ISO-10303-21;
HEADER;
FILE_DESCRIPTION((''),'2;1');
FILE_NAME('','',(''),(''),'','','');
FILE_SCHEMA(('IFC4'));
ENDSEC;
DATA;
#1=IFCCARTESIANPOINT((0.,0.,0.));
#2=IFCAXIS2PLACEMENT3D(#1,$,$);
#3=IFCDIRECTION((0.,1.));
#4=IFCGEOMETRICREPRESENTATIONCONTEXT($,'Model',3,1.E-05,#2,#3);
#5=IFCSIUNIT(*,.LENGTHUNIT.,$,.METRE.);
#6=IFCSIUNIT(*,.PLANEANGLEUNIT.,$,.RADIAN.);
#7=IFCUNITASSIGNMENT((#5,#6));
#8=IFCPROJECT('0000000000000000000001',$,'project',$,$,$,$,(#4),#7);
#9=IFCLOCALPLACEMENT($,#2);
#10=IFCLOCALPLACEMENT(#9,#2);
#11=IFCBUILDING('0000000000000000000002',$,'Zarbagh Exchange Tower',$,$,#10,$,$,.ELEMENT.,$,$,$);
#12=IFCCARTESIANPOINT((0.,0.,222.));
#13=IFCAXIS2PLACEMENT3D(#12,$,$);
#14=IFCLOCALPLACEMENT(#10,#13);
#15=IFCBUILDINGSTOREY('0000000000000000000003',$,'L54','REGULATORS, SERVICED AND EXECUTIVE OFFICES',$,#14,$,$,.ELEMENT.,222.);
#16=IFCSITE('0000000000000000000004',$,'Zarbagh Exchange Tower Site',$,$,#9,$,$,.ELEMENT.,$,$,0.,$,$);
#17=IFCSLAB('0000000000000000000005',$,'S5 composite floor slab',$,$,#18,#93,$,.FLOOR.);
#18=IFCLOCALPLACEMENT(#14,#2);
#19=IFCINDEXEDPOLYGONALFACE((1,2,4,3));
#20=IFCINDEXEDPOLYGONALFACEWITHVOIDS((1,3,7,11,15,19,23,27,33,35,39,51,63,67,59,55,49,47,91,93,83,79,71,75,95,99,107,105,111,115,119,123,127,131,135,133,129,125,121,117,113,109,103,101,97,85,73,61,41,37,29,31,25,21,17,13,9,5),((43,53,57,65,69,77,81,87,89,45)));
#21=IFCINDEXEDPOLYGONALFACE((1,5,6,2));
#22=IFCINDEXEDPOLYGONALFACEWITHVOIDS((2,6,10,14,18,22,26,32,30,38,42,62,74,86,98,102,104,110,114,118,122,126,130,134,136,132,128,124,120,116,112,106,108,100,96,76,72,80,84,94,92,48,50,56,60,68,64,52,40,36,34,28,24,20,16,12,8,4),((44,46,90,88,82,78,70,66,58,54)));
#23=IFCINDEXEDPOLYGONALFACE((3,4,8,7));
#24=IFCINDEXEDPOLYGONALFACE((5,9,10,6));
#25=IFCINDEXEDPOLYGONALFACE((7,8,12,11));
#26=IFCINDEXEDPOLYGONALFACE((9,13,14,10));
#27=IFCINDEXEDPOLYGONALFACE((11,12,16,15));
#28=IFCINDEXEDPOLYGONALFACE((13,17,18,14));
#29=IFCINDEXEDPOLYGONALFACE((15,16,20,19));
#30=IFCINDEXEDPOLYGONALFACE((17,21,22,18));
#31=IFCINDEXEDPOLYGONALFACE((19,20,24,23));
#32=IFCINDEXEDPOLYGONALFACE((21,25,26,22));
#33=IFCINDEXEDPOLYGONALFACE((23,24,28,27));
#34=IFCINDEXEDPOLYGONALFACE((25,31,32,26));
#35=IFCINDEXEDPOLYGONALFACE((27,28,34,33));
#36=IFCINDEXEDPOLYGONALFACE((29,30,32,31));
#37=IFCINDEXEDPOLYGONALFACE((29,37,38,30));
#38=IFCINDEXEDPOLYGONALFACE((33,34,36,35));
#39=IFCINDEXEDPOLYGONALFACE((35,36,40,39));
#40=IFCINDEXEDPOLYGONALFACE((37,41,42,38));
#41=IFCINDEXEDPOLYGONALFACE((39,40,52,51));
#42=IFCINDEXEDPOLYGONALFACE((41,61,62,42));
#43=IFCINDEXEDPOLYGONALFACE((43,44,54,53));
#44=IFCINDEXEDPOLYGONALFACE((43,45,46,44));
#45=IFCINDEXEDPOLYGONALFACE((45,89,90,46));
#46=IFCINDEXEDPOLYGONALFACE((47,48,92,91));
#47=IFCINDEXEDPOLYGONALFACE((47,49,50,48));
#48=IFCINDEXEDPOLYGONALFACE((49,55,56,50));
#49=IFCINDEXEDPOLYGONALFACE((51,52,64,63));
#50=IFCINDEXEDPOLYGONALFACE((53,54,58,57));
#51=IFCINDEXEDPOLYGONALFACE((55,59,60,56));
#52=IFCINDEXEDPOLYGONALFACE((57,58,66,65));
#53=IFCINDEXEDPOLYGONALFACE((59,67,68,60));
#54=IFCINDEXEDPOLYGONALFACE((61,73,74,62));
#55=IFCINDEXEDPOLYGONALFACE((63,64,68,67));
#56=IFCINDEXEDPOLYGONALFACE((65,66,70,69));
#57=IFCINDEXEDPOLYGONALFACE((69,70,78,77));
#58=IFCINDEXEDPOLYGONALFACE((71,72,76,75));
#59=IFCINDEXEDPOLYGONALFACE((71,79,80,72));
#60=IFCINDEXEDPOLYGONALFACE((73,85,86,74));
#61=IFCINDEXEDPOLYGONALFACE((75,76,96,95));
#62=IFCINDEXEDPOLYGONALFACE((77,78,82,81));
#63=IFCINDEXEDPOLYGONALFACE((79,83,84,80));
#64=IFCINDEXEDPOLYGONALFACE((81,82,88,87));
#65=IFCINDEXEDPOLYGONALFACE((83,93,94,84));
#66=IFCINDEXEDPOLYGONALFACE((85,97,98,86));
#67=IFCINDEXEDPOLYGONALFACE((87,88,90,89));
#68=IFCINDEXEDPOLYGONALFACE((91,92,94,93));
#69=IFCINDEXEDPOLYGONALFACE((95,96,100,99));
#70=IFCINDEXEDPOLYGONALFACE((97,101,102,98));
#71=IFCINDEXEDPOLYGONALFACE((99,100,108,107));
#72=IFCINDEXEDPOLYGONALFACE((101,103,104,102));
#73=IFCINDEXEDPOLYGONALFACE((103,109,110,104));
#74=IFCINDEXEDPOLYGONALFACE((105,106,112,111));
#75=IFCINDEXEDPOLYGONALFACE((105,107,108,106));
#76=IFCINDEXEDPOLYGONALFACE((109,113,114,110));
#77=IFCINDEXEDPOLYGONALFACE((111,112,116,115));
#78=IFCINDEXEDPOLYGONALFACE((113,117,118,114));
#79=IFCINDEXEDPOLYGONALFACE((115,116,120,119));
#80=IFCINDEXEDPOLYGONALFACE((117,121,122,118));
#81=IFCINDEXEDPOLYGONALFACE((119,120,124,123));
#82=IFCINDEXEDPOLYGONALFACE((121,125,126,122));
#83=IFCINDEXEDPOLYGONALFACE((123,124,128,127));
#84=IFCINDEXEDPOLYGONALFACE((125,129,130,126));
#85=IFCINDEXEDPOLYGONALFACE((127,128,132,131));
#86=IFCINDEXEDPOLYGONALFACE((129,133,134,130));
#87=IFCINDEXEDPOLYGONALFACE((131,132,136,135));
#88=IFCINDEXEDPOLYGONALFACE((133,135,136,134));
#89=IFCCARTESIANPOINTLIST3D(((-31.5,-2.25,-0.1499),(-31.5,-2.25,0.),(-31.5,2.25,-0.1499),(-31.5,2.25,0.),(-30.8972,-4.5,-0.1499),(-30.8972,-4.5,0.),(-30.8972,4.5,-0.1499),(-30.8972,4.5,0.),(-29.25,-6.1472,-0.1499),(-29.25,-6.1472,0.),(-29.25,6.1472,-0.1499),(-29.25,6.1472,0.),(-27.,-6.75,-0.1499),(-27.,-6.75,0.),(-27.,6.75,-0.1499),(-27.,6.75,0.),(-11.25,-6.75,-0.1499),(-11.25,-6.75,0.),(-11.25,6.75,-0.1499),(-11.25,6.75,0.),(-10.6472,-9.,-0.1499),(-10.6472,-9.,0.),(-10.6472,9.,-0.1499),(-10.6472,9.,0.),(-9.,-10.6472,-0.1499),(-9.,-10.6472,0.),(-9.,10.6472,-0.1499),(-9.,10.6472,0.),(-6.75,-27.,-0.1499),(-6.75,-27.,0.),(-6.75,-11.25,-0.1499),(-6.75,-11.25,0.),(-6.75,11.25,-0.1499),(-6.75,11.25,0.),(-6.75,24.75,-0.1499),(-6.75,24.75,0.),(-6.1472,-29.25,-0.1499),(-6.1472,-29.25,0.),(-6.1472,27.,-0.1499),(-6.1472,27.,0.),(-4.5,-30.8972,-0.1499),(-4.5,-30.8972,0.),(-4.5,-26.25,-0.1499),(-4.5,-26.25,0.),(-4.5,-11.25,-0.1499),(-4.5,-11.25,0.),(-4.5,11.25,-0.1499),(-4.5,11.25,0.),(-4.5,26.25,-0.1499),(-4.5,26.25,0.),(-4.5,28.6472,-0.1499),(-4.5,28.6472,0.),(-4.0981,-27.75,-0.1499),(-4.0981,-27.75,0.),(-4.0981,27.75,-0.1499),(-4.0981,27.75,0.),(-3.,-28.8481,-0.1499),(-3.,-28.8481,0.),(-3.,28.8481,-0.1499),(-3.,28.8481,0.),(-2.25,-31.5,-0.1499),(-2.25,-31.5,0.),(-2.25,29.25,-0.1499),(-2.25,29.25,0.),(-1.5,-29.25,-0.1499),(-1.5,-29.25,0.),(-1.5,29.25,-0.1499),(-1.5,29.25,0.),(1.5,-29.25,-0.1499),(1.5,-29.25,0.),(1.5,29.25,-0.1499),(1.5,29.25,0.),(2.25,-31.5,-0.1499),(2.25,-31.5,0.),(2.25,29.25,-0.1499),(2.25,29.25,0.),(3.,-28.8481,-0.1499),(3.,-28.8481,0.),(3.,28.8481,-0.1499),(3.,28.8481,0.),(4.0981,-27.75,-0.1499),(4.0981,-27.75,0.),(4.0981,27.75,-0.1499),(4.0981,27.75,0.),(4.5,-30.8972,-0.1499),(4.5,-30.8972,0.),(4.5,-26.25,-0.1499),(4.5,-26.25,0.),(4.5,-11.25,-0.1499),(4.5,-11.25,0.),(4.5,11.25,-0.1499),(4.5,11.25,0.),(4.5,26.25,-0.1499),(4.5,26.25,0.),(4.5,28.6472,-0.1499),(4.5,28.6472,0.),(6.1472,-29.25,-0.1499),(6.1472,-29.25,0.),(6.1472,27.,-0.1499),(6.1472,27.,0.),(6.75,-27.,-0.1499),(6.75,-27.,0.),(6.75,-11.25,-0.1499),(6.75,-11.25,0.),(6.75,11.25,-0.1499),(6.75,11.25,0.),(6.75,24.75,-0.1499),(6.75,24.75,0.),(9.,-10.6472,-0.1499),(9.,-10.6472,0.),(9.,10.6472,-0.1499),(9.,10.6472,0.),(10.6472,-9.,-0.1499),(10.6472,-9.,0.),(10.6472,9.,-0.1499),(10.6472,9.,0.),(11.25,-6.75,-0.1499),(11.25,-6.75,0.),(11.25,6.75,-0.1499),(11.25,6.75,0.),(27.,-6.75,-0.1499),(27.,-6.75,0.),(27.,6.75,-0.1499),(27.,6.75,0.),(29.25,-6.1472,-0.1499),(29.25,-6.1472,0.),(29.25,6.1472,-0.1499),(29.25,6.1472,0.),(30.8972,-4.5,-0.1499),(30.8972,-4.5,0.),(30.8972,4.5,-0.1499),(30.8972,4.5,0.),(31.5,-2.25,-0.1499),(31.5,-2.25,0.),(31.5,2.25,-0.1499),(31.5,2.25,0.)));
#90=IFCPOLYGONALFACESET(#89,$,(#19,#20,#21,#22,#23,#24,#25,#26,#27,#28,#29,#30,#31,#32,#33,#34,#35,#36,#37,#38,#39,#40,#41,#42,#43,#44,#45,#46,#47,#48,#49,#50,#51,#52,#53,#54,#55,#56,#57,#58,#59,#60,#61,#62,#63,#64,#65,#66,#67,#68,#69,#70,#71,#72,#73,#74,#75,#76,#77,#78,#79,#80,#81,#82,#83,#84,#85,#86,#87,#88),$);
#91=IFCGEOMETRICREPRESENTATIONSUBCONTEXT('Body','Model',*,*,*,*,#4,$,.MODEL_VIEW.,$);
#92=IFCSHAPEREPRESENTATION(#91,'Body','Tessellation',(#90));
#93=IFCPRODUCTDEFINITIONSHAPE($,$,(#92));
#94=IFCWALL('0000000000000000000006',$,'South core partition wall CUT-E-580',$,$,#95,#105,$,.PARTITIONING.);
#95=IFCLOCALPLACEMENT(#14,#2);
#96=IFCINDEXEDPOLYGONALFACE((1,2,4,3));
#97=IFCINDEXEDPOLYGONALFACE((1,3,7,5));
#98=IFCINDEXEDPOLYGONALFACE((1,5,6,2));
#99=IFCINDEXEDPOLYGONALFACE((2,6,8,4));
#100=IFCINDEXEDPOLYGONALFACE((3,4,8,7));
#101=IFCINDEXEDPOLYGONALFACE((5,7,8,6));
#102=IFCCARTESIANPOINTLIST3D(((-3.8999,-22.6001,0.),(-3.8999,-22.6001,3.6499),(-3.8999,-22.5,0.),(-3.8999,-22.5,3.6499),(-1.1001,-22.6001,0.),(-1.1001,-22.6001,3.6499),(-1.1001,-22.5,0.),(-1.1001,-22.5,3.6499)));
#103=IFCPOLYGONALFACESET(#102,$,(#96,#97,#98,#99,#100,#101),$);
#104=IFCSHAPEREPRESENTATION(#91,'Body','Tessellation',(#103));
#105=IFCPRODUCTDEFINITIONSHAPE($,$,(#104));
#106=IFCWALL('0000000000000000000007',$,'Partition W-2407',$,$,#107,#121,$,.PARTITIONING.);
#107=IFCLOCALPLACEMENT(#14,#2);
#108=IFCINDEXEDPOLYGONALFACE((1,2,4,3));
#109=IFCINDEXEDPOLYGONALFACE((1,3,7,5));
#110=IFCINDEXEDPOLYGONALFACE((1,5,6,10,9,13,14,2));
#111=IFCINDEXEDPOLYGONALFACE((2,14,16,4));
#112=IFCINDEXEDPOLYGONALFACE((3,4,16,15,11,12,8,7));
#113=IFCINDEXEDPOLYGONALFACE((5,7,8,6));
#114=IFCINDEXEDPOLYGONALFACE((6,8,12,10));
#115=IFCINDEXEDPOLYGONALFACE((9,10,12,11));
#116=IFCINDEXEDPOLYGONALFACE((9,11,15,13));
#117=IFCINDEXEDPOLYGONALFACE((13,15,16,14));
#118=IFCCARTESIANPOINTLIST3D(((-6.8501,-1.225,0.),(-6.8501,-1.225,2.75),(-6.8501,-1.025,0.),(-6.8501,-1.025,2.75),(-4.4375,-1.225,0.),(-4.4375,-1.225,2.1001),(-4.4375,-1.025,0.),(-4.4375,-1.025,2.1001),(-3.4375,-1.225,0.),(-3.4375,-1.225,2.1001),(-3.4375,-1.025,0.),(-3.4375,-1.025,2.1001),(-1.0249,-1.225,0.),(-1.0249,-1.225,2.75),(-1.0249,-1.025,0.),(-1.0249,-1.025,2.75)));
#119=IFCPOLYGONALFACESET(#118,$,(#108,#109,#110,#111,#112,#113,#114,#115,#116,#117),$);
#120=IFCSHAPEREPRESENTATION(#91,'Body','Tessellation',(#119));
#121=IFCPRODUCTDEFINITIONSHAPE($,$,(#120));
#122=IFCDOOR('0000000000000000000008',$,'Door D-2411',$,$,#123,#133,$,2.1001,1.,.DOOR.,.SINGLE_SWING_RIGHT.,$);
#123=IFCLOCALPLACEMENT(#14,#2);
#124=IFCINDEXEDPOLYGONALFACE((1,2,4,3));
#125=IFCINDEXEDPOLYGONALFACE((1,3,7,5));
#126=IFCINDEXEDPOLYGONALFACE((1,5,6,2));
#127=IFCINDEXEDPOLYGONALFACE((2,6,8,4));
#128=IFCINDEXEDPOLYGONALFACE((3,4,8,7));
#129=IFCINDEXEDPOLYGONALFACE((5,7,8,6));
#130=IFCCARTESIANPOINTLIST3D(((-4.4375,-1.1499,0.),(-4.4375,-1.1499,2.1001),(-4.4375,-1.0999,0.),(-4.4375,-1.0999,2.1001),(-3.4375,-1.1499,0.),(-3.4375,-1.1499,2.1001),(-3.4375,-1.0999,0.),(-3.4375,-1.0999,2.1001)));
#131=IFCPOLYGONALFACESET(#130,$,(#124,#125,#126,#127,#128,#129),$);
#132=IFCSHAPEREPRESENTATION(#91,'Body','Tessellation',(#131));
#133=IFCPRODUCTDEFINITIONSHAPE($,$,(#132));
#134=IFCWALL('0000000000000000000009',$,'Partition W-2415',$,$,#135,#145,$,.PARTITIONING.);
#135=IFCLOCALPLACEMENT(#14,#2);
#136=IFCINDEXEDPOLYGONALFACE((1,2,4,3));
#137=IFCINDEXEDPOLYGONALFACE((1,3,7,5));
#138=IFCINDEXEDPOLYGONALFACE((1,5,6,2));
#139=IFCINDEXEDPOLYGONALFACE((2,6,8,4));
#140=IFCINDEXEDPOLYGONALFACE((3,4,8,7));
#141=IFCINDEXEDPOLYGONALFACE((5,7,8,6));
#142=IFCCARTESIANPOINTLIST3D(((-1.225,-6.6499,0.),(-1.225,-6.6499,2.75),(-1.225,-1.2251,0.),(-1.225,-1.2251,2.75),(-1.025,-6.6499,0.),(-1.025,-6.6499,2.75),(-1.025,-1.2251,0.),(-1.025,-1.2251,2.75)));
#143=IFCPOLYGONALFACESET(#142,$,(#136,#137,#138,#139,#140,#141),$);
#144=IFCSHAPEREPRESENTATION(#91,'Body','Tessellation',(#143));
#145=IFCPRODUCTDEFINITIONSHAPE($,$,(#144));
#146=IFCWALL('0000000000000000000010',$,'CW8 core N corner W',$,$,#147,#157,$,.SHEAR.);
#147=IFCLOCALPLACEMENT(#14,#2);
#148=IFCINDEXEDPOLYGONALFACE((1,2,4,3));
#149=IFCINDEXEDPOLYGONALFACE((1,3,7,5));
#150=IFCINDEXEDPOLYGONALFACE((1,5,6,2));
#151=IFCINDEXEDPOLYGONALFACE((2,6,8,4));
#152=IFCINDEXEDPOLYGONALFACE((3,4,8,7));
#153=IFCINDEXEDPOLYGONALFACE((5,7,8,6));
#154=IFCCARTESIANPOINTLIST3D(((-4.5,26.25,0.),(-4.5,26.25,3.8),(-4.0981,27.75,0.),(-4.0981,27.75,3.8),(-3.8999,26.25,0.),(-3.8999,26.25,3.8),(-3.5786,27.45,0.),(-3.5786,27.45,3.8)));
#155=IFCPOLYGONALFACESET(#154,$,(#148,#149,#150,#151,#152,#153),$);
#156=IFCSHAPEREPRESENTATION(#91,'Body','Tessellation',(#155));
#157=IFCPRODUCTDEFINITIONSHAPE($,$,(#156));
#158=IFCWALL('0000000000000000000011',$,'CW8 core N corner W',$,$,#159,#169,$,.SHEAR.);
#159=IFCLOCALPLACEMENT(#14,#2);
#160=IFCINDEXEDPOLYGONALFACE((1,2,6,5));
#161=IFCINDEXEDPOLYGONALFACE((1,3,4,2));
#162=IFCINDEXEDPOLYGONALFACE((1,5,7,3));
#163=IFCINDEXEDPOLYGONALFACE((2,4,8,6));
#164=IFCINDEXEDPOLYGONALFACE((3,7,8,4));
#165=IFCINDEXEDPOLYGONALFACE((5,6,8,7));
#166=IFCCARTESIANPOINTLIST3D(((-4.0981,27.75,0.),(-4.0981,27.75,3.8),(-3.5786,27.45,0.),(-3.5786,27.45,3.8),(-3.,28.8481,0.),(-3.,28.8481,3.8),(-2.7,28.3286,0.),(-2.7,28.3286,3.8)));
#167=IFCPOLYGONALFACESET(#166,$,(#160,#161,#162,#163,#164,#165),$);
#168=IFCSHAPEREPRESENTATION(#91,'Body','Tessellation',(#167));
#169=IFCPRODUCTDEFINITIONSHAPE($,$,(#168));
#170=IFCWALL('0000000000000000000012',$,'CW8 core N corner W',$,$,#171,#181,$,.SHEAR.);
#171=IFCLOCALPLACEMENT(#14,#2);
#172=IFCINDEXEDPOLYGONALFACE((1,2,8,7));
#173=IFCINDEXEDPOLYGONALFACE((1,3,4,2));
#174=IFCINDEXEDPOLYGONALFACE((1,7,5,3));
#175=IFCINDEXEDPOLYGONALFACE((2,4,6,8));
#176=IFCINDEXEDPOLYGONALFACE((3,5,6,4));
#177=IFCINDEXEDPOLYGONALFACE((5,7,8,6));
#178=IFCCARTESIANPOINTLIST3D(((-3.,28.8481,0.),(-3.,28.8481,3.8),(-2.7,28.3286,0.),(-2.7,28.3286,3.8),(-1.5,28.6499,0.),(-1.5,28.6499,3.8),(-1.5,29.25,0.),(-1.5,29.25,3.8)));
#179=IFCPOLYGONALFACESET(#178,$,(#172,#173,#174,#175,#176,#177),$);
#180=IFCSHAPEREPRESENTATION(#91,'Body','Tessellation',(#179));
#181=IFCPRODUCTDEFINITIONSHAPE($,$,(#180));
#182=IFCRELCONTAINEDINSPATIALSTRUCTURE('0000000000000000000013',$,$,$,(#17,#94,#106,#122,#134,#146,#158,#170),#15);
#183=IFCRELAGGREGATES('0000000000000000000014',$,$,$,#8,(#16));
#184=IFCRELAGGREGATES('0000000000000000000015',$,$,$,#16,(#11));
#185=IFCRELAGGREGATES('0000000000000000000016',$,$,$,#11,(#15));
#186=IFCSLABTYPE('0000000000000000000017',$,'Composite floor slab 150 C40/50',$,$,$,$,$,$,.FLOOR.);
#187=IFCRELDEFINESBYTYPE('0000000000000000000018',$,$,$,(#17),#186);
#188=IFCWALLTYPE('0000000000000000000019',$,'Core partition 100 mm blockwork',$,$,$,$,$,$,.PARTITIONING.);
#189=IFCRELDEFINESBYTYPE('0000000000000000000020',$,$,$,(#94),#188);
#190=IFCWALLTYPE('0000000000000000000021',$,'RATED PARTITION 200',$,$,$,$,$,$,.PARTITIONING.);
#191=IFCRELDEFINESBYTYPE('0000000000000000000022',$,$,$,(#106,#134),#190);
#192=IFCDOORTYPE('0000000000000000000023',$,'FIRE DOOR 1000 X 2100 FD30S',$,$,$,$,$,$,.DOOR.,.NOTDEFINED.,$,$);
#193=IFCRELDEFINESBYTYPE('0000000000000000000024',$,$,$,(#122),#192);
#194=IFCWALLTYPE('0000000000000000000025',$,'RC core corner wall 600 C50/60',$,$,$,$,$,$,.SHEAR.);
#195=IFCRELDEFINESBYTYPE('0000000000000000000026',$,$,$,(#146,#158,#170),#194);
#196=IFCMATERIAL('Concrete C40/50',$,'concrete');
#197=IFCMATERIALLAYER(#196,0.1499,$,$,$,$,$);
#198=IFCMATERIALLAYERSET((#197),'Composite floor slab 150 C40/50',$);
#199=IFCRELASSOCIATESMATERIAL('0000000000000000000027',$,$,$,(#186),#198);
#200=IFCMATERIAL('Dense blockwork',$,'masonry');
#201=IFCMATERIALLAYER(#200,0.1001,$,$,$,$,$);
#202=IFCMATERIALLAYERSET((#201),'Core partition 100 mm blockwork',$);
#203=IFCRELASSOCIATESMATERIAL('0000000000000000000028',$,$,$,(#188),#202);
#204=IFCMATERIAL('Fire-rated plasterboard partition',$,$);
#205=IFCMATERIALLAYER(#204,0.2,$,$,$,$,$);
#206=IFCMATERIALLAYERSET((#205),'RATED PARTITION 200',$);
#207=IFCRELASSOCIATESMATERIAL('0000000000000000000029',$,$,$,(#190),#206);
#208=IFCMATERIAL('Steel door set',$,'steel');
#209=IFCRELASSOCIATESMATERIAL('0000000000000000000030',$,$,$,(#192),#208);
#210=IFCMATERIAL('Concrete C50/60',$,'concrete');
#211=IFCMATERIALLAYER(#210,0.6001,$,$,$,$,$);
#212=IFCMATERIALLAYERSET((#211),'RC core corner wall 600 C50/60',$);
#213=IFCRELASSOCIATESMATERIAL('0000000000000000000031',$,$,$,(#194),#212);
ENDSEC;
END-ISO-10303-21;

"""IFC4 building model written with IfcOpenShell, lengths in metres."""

from ifc_helpers import new_model, si_unit, direction, frame, frame_2d, origin, place, context, subcontext, project, spatial, polyline, rectangle, outline, extrude, material, layer, layer_set, type_object, element, fill, save


model = new_model("IFC4")

# Units and contexts
model_context = context("Model", 3, precision=1e-05, world=origin(), true_north=direction((0.0, 1.0)))
body_context = subcontext(model_context, "Body", "Model", "MODEL_VIEW")
ifc_project = project(units=[si_unit("LENGTHUNIT", "METRE"), si_unit("PLANEANGLEUNIT", "RADIAN")], contexts=[model_context])

# Site, building, storey
site_placement = place(None, origin())
site = spatial("IfcSite", under=ifc_project, at=site_placement, Name="Zarbagh Exchange Tower Site", CompositionType="ELEMENT", RefElevation=0.0)
building_placement = place(site_placement, origin())
building = spatial("IfcBuilding", under=site, at=building_placement, Name="Zarbagh Exchange Tower", CompositionType="ELEMENT")
storey_placement = place(building_placement, frame((0.0, 0.0, 222.0)))
storey = spatial("IfcBuildingStorey", under=building, at=storey_placement, Name="L54", Description="REGULATORS, SERVICED AND EXECUTIVE OFFICES", CompositionType="ELEMENT", Elevation=222.0)

# Slab
ifc_material_1 = material(Name="Concrete C40/50", Category="concrete")
ifc_layer_1 = layer(ifc_material_1, 0.1499)
ifc_layer_set_1 = layer_set([ifc_layer_1], Name="Composite floor slab 150 C40/50")
slab_type = type_object("IfcSlabType", Name="Composite floor slab 150 C40/50", PredefinedType="FLOOR", material=ifc_layer_set_1)
slab_placement = place(storey_placement, frame((0.0, 0.0, -0.1499)))
element("IfcSlab", 1, at=slab_placement, inside=storey, type_object=slab_type, Name="S5 composite floor slab", PredefinedType="FLOOR", context=body_context, shape_type="SweptSolid", body=[
    extrude(outline(polyline([(-2.25, -31.5), (-4.5, -30.8972), (-6.1472, -29.25), (-6.75, -27.0), (-6.75, -11.25), (-9.0, -10.6472), (-10.6472, -9.0), (-11.25, -6.75), (-27.0, -6.75), (-29.25, -6.1472), (-30.8972, -4.5), (-31.5, -2.25), (-31.5, 2.25), (-30.8972, 4.5), (-29.25, 6.1472), (-27.0, 6.75), (-11.25, 6.75), (-10.6472, 9.0), (-9.0, 10.6472), (-6.75, 11.25), (-6.75, 24.75), (-6.1472, 27.0), (-4.5, 28.6472), (-2.25, 29.25), (-1.5, 29.25), (-3.0, 28.8481), (-4.0981, 27.75), (-4.5, 26.25), (-4.5, 11.25), (4.5, 11.25), (4.5, 26.25), (4.0981, 27.75), (3.0, 28.8481), (1.5, 29.25), (2.25, 29.25), (4.5, 28.6472), (6.1472, 27.0), (6.75, 24.75), (6.75, 11.25), (9.0, 10.6472), (10.6472, 9.0), (11.25, 6.75), (27.0, 6.75), (29.25, 6.1472), (30.8972, 4.5), (31.5, 2.25), (31.5, -2.25), (30.8972, -4.5), (29.25, -6.1472), (27.0, -6.75), (11.25, -6.75), (10.6472, -9.0), (9.0, -10.6472), (6.75, -11.25), (6.75, -27.0), (6.1472, -29.25), (4.5, -30.8972), (2.25, -31.5), (-2.25, -31.5)]), holes=[polyline([(-1.5, -29.25), (1.5, -29.25), (3.0, -28.8481), (4.0981, -27.75), (4.5, -26.25), (4.5, -11.25), (-4.5, -11.25), (-4.5, -26.25), (-4.0981, -27.75), (-3.0, -28.8481), (-1.5, -29.25)])]), origin(), (0.0, 0.0, 1.0), 0.1499),
])

# Wall
ifc_material_2 = material(Name="Dense blockwork", Category="masonry")
ifc_layer_2 = layer(ifc_material_2, 0.1001)
ifc_layer_set_2 = layer_set([ifc_layer_2], Name="Core partition 100 mm blockwork")
wall_type_1 = type_object("IfcWallType", Name="Core partition 100 mm blockwork", PredefinedType="PARTITIONING", material=ifc_layer_set_2)
wall_1_placement = place(storey_placement, frame((-1.1001, -22.55, 0.0), z_axis=(0.0, 0.0, 1.0), x_axis=(-1.0, 0.0, 0.0)))
element("IfcWall", 2, at=wall_1_placement, inside=storey, type_object=wall_type_1, Name="South core partition wall CUT-E-580", PredefinedType="PARTITIONING", context=body_context, shape_type="SweptSolid", body=[
    extrude(rectangle(XDim=2.7998, YDim=0.1001, at=frame_2d((1.3999, 0.0))), origin(), (0.0, 0.0, 1.0), 3.6499),
])

# Wall, opening, door
ifc_material_3 = material(Name="Fire-rated plasterboard partition")
ifc_layer_3 = layer(ifc_material_3, 0.2)
ifc_layer_set_3 = layer_set([ifc_layer_3], Name="RATED PARTITION 200")
wall_type_2 = type_object("IfcWallType", Name="RATED PARTITION 200", PredefinedType="PARTITIONING", material=ifc_layer_set_3)
wall_2_placement = place(storey_placement, frame((-1.0249, -1.125, 0.0), z_axis=(0.0, 0.0, 1.0), x_axis=(-1.0, 0.0, 0.0)))
wall_2 = element("IfcWall", 3, at=wall_2_placement, inside=storey, type_object=wall_type_2, Name="Partition W-2407", PredefinedType="PARTITIONING", context=body_context, shape_type="SweptSolid", body=[
    extrude(rectangle(XDim=5.8252, YDim=0.2, at=frame_2d((2.9126, 0.0))), origin(), (0.0, 0.0, 1.0), 2.75),
])
opening_1_placement = place(wall_2_placement, frame((2.4126, 0.0, 0.0)))
opening_1 = element("IfcOpeningElement", 4, at=opening_1_placement, cuts=wall_2, PredefinedType="OPENING", context=body_context, shape_type="SweptSolid", body=[
    extrude(rectangle(XDim=1.0, YDim=2.1001, at=frame_2d((0.5, 1.05))), frame((0.0, 0.1099, 0.0), z_axis=(0.0, -1.0, 0.0), x_axis=(1.0, 0.0, 0.0)), (0.0, 0.0, 1.0), 0.22),
])
ifc_material_4 = material(Name="Steel door set", Category="steel")
door_type_1 = type_object("IfcDoorType", Name="FIRE DOOR 1000 X 2100 FD30S", OperationType="NOTDEFINED", PredefinedType="DOOR", material=ifc_material_4)
door_1_placement = place(opening_1_placement, origin())
door_1 = element("IfcDoor", 5, at=door_1_placement, inside=storey, type_object=door_type_1, Name="Door D-2411", OperationType="SINGLE_SWING_RIGHT", OverallHeight=2.1001, OverallWidth=1.0, PredefinedType="DOOR", context=body_context, shape_type="SweptSolid", body=[
    extrude(rectangle(XDim=1.0, YDim=2.1001, at=frame_2d((0.5, 1.05))), frame((0.0, 0.0249, 0.0), z_axis=(0.0, -1.0, 0.0), x_axis=(1.0, 0.0, 0.0)), (0.0, 0.0, 1.0), 0.05),
])
fill(opening_1, door_1)

# Walls
wall_3_placement = place(storey_placement, frame((-1.125, -6.6499, 0.0), z_axis=(0.0, 0.0, 1.0), x_axis=(0.0, 1.0, 0.0)))
element("IfcWall", 6, at=wall_3_placement, inside=storey, type_object=wall_type_2, Name="Partition W-2415", PredefinedType="PARTITIONING", context=body_context, shape_type="SweptSolid", body=[
    extrude(rectangle(XDim=5.4248, YDim=0.2, at=frame_2d((2.7124, 0.0))), origin(), (0.0, 0.0, 1.0), 2.75),
])
ifc_material_5 = material(Name="Concrete C50/60", Category="concrete")
ifc_layer_4 = layer(ifc_material_5, 0.6001)
ifc_layer_set_4 = layer_set([ifc_layer_4], Name="RC core corner wall 600 C50/60")
wall_type_3 = type_object("IfcWallType", Name="RC core corner wall 600 C50/60", PredefinedType="SHEAR", material=ifc_layer_set_4)
wall_4_placement = place(storey_placement, origin())
element("IfcWall", 7, at=wall_4_placement, inside=storey, type_object=wall_type_3, Name="CW8 core N corner W", PredefinedType="SHEAR", context=body_context, shape_type="SweptSolid", body=[
    extrude(outline(polyline([(-4.5, 26.25), (-4.0981, 27.75), (-3.5786, 27.45), (-3.8999, 26.25), (-4.5, 26.25)])), origin(), (0.0, 0.0, 1.0), 3.8),
])
wall_5_placement = place(storey_placement, origin())
element("IfcWall", 8, at=wall_5_placement, inside=storey, type_object=wall_type_3, Name="CW8 core N corner W", PredefinedType="SHEAR", context=body_context, shape_type="SweptSolid", body=[
    extrude(outline(polyline([(-4.0981, 27.75), (-3.0, 28.8481), (-2.7, 28.3286), (-3.5786, 27.45), (-4.0981, 27.75)])), origin(), (0.0, 0.0, 1.0), 3.8),
])
wall_6_placement = place(storey_placement, origin())
element("IfcWall", 9, at=wall_6_placement, inside=storey, type_object=wall_type_3, Name="CW8 core N corner W", PredefinedType="SHEAR", context=body_context, shape_type="SweptSolid", body=[
    extrude(outline(polyline([(-3.0, 28.8481), (-1.5, 29.25), (-1.5, 28.6499), (-2.7, 28.3286), (-3.0, 28.8481)])), origin(), (0.0, 0.0, 1.0), 3.8),
])

save(model, "model.ifc")
